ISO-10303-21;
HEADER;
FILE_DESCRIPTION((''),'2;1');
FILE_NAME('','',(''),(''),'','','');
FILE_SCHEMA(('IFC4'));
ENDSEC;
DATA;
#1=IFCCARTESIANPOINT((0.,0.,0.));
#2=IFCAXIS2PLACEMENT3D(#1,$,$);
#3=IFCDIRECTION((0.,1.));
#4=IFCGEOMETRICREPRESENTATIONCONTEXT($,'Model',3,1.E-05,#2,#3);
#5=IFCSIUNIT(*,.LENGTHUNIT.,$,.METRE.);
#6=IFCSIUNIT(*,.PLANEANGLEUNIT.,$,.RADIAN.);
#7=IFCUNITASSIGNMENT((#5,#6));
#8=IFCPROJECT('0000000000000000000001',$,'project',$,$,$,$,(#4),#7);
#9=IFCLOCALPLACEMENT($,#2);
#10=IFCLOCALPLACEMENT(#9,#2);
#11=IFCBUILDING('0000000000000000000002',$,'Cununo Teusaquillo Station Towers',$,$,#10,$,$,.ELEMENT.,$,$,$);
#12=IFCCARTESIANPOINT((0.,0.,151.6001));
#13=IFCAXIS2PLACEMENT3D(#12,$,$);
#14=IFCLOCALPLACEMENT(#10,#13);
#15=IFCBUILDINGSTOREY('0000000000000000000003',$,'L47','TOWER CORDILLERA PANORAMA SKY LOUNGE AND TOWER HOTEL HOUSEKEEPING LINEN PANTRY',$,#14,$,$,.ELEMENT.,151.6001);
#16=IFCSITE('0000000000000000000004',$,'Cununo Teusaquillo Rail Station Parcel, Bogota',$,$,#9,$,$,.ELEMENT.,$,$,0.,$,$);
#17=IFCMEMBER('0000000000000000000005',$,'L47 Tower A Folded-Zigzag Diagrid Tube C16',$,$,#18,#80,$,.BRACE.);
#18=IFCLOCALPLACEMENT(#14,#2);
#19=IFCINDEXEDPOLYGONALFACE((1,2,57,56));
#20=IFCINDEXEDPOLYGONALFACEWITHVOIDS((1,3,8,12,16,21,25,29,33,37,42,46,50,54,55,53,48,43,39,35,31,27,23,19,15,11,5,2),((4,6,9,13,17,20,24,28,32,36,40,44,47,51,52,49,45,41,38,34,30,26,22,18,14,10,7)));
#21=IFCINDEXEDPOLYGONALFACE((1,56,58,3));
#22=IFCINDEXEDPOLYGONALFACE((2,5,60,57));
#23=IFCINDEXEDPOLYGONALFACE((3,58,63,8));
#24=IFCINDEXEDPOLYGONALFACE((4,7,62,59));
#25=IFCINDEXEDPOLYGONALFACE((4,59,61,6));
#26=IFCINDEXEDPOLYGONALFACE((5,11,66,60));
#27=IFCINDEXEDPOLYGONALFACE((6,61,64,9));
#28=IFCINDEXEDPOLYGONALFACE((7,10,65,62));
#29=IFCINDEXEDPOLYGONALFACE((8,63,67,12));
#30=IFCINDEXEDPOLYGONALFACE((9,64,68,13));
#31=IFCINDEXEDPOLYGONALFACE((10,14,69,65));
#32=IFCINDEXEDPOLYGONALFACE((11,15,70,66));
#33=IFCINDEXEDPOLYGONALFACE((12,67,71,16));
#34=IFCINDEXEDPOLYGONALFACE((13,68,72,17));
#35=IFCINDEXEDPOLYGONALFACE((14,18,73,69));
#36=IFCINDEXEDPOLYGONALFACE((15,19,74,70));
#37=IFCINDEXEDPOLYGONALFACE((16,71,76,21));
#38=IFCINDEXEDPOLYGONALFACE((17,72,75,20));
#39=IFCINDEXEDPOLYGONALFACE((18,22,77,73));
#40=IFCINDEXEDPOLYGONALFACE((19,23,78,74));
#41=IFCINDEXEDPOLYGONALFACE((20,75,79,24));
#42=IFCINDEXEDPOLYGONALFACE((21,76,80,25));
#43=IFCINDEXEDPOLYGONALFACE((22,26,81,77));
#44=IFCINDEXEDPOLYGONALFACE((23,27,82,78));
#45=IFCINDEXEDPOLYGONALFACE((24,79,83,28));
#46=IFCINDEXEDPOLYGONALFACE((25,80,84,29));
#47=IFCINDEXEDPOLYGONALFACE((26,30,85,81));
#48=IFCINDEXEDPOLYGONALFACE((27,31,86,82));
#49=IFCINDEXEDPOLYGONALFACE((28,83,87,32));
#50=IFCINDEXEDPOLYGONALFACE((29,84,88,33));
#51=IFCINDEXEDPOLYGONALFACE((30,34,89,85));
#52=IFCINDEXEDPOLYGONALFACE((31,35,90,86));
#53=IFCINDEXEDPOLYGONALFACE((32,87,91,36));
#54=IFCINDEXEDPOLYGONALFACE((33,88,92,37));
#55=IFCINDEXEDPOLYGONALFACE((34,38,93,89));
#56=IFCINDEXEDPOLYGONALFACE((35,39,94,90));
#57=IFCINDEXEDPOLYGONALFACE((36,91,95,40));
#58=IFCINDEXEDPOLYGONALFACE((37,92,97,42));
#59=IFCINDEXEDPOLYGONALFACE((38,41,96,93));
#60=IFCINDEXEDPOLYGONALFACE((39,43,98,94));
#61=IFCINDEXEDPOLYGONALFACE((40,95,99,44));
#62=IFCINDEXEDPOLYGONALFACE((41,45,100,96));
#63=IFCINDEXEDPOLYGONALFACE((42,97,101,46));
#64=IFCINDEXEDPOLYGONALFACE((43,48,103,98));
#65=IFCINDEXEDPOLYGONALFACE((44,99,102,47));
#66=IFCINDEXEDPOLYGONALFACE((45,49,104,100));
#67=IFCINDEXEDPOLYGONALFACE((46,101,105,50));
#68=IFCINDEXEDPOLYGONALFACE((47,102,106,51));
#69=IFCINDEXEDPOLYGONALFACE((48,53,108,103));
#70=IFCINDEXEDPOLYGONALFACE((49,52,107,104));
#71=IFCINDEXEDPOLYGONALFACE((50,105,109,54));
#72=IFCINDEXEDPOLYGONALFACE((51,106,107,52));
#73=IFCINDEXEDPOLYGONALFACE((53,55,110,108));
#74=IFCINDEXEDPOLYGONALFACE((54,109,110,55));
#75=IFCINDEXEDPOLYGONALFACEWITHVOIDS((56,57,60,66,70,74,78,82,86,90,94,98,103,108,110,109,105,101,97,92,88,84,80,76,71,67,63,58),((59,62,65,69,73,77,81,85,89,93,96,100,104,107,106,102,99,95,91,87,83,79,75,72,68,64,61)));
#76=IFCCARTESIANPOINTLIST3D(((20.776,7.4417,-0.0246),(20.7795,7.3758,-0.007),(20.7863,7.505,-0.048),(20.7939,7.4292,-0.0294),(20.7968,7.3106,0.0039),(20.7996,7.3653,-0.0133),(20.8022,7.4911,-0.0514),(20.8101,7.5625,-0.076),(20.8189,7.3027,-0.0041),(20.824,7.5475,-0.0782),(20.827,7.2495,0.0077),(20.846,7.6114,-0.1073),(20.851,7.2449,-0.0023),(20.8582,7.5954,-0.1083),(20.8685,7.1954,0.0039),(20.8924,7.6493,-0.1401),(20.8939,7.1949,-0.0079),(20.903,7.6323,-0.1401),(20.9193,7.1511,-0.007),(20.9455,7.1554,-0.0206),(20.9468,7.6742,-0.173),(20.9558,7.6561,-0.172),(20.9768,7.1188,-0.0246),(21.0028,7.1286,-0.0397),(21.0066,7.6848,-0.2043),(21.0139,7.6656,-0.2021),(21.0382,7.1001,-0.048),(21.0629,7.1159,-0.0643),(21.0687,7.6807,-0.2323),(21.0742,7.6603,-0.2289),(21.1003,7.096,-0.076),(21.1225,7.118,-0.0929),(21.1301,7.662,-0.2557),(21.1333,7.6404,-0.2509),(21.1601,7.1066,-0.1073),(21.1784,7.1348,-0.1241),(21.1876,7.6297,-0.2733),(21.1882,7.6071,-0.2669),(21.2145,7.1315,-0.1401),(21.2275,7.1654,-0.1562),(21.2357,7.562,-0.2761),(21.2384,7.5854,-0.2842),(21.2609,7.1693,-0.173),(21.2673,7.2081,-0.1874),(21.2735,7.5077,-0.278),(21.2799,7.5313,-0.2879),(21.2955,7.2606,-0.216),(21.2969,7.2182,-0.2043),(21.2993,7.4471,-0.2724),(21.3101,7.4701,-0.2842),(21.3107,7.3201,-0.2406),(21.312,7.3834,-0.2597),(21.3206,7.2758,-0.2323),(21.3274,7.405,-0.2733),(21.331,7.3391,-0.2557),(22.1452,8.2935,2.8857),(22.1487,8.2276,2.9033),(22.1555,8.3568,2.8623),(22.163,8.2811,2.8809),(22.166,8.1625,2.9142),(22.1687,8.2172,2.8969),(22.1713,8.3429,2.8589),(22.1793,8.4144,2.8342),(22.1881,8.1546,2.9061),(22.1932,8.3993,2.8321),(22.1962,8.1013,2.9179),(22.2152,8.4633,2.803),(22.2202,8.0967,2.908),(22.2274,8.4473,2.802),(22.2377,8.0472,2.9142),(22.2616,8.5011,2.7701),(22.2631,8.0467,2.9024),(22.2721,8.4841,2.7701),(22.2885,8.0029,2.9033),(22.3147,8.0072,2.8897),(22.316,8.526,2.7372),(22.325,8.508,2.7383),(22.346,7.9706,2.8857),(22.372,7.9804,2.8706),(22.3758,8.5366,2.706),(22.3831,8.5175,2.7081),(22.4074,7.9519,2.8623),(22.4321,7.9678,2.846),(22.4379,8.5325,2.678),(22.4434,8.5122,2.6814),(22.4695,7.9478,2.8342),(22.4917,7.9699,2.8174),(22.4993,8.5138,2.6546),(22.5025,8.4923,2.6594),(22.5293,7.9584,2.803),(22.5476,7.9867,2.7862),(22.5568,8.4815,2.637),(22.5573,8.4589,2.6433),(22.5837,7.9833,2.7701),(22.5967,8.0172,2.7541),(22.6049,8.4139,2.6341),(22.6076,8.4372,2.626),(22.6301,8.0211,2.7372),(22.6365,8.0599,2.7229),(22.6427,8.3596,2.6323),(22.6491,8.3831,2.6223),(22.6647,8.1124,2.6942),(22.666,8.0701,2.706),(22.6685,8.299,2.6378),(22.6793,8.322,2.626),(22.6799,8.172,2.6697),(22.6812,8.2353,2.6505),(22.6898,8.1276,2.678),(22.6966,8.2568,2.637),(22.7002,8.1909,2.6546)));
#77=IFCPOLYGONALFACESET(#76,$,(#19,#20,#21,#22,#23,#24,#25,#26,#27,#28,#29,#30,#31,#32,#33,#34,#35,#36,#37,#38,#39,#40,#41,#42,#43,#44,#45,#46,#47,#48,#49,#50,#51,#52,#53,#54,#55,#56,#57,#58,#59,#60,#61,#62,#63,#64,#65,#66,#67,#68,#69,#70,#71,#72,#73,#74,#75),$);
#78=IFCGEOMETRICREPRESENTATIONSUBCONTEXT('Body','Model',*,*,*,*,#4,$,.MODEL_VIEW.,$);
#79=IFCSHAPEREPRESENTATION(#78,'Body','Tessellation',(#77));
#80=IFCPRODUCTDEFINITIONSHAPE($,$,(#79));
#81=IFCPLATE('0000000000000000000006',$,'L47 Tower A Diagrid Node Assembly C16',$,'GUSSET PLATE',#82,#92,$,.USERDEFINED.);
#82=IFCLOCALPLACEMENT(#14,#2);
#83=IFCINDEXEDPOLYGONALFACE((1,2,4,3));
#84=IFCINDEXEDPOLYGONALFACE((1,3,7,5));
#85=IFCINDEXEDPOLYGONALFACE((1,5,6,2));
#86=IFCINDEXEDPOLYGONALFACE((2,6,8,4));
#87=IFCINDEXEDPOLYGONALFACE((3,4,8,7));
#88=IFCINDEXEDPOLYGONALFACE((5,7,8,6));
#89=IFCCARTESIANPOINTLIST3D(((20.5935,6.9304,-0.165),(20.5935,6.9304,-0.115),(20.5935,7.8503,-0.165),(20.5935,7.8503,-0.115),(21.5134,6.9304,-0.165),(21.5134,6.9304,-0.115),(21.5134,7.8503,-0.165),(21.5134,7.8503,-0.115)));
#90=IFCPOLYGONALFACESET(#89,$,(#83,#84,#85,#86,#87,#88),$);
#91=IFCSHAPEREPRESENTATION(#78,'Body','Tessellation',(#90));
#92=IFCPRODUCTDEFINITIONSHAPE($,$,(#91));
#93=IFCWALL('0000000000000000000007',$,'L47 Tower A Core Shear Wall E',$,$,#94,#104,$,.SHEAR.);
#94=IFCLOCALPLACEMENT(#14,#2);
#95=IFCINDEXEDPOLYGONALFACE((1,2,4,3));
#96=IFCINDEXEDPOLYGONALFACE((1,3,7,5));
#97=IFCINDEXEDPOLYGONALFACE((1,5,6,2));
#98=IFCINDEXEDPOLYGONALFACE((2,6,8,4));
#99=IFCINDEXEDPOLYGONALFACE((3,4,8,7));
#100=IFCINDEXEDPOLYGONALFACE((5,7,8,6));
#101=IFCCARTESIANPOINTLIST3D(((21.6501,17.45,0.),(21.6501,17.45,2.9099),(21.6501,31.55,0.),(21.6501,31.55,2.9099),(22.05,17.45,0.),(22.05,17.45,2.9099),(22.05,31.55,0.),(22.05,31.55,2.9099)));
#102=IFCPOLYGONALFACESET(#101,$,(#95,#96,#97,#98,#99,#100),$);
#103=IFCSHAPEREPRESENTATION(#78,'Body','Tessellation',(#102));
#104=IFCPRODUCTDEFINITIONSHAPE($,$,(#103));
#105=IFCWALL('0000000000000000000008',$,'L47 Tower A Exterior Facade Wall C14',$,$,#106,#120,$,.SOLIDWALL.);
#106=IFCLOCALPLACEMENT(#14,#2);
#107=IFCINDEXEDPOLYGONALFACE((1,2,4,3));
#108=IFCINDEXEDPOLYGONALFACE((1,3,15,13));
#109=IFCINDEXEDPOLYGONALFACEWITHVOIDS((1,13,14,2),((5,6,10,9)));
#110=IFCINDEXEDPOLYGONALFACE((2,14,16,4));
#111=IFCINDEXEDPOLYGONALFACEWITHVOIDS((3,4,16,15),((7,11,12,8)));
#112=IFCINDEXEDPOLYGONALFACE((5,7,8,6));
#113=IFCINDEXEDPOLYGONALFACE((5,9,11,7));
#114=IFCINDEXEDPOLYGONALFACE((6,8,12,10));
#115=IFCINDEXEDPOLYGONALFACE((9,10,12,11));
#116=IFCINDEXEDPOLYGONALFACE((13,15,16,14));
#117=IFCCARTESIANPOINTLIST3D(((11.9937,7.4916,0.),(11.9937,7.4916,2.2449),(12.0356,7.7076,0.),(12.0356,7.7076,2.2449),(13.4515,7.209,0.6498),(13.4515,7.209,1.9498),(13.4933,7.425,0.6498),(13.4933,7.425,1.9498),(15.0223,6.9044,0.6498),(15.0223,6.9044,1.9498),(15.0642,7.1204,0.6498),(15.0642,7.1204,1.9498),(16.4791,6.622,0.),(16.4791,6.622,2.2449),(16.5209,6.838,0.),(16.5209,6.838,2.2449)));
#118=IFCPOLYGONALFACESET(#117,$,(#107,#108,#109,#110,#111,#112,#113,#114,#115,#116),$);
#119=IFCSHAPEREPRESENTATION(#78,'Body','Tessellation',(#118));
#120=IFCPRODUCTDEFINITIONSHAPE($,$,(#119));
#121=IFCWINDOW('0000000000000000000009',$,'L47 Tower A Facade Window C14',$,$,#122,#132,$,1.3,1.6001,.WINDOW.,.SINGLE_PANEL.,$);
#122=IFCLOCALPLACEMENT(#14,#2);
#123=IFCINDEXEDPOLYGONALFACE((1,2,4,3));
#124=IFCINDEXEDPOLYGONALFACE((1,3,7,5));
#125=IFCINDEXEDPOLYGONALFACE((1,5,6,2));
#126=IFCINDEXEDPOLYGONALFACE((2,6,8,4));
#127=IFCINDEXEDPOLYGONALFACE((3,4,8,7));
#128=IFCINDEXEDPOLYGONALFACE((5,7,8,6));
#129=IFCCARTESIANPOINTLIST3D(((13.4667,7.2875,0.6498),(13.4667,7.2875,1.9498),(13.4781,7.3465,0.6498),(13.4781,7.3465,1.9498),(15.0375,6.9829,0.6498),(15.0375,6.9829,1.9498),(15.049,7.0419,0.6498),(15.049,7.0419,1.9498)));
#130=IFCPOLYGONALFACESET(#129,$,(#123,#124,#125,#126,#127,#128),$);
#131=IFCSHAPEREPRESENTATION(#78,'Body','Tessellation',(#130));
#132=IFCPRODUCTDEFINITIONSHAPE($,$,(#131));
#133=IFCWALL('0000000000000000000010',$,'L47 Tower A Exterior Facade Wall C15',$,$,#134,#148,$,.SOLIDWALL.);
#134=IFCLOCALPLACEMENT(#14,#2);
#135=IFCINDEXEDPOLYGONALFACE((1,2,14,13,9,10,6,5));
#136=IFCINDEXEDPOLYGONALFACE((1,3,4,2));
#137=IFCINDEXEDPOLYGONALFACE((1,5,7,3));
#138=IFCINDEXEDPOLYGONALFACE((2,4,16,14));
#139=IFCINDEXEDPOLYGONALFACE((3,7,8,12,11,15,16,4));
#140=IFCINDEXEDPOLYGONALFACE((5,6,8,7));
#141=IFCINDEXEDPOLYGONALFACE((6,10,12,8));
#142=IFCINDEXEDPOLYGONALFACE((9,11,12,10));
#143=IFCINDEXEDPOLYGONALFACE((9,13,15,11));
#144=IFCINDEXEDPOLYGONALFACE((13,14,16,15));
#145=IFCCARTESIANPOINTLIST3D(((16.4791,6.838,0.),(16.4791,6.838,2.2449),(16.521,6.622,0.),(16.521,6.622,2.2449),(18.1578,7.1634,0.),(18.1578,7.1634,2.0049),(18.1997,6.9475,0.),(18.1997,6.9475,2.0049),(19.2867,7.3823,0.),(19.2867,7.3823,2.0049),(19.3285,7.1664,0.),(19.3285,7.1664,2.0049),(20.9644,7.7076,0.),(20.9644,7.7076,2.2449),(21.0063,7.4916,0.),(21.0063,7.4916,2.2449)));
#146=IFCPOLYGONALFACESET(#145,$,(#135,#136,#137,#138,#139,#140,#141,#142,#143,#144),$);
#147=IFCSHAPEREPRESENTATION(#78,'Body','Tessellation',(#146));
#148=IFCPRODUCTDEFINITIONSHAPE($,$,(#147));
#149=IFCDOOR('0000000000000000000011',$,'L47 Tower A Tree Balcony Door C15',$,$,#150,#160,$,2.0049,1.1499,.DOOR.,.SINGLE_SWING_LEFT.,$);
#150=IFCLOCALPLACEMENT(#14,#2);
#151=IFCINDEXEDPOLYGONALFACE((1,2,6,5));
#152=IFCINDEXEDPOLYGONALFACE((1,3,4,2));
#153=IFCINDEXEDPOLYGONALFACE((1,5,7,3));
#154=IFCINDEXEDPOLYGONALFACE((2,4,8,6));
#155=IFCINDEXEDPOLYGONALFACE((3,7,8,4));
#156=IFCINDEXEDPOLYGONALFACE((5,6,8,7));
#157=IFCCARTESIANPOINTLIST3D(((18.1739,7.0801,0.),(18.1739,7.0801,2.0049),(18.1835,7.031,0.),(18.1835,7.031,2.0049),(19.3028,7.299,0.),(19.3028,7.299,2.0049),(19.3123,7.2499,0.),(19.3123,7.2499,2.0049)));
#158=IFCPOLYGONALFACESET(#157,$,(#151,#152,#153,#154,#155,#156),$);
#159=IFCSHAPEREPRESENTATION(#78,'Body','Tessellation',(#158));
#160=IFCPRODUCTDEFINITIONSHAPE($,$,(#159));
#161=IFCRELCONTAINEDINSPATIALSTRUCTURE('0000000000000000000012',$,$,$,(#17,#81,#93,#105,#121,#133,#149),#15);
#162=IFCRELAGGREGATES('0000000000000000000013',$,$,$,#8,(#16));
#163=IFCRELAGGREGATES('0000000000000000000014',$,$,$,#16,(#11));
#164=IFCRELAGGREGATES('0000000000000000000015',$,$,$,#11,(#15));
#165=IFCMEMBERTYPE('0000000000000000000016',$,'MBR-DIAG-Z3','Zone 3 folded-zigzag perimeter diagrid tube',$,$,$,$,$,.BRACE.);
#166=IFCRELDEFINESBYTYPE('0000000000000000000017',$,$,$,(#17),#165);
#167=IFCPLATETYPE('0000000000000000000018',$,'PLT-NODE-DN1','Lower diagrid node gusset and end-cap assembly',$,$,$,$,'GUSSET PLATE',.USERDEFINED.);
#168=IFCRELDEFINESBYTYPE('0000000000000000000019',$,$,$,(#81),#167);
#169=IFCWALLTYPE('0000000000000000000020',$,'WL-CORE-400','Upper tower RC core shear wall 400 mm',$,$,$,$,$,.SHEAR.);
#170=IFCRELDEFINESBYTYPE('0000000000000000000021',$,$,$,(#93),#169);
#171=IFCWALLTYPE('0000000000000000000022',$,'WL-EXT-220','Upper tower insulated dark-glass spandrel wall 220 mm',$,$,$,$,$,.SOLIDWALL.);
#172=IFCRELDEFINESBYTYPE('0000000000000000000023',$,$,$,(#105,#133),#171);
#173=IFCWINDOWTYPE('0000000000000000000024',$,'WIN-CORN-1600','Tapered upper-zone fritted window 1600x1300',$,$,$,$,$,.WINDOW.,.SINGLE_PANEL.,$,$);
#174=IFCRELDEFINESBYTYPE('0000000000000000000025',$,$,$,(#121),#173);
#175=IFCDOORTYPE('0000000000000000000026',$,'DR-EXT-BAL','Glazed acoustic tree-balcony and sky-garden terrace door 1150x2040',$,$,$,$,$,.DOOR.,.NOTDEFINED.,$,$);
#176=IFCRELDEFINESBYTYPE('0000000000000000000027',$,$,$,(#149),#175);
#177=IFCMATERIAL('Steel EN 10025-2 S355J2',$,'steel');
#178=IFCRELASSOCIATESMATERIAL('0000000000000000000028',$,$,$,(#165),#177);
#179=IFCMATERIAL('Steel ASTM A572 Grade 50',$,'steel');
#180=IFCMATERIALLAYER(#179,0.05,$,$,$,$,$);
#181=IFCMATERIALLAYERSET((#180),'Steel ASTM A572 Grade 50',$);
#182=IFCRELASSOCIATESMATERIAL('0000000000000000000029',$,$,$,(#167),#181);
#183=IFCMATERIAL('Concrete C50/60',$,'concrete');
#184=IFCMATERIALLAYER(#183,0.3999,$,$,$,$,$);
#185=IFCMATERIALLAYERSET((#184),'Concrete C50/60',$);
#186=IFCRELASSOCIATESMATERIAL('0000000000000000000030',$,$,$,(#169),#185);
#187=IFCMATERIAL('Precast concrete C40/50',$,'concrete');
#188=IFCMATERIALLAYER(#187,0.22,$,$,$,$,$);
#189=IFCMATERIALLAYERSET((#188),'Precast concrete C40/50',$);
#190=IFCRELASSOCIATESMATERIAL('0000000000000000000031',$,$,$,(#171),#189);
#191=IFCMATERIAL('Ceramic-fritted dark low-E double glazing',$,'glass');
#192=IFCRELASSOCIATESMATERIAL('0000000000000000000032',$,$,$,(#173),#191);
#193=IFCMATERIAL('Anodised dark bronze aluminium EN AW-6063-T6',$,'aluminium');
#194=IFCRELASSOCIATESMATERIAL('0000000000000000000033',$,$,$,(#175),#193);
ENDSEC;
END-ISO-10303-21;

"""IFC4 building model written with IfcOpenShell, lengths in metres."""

from ifc_helpers import new_model, si_unit, direction, frame, frame_2d, origin, origin_2d, place, context, subcontext, project, spatial, rectangle, hollow_circle, extrude, source, transform, mapped, material, layer, layer_set, material_profile, profile_set, type_object, element, fill, save


model = new_model("IFC4")

# Units and contexts
model_context = context("Model", 3, precision=1e-05, world=origin(), true_north=direction((0.0, 1.0)))
body_context = subcontext(model_context, "Body", "Model", "MODEL_VIEW")
ifc_project = project(units=[si_unit("LENGTHUNIT", "METRE"), si_unit("PLANEANGLEUNIT", "RADIAN")], contexts=[model_context])

# Site, building, storey
site_placement = place(None, origin())
site = spatial("IfcSite", under=ifc_project, at=site_placement, Name="Cununo Teusaquillo Rail Station Parcel, Bogota", CompositionType="ELEMENT", RefElevation=0.0)
building_placement = place(site_placement, origin())
building = spatial("IfcBuilding", under=site, at=building_placement, Name="Cununo Teusaquillo Station Towers", CompositionType="ELEMENT")
storey_placement = place(building_placement, frame((0.0, 0.0, 151.6001)))
storey = spatial("IfcBuildingStorey", under=building, at=storey_placement, Name="L47", Description="TOWER CORDILLERA PANORAMA SKY LOUNGE AND TOWER HOTEL HOUSEKEEPING LINEN PANTRY", CompositionType="ELEMENT", Elevation=151.6001)

# Member
ifc_material_1 = material(Name="Steel EN 10025-2 S355J2", Category="steel")
ifc_material_profile_1 = material_profile(ifc_material_1, hollow_circle(Radius=0.3049, WallThickness=0.02, at=origin_2d()), Name="CHS 610x20")
ifc_profile_set_1 = profile_set([ifc_material_profile_1], Name="Steel EN 10025-2 S355J2")
member_type = type_object("IfcMemberType", Name="MBR-DIAG-Z3", Description="Zone 3 folded-zigzag perimeter diagrid tube", PredefinedType="BRACE", material=ifc_profile_set_1)
member_placement = place(storey_placement, frame((21.0535, 7.3904, -0.1401), z_axis=(0.41152, 0.256026, 0.874701), x_axis=(-0.528256, 0.849085, 0.0)))
element("IfcMember", 1, at=member_placement, inside=storey, type_object=member_type, Name="L47 Tower A Folded-Zigzag Diagrid Tube C16", PredefinedType="BRACE", context=body_context, shape_type="SweptSolid", body=[
    extrude(hollow_circle(Radius=0.3049, WallThickness=0.02, at=origin_2d()), origin(), (0.0, 0.0, 1.0), 3.3271),
])

# Plate
ifc_material_2 = material(Name="Steel ASTM A572 Grade 50", Category="steel")
ifc_layer_1 = layer(ifc_material_2, 0.05)
ifc_layer_set_1 = layer_set([ifc_layer_1], Name="Steel ASTM A572 Grade 50")
plate_type = type_object("IfcPlateType", Name="PLT-NODE-DN1", Description="Lower diagrid node gusset and end-cap assembly", ElementType="GUSSET PLATE", PredefinedType="USERDEFINED", material=ifc_layer_set_1)
shared_shape_1 = source(origin(), body_context, "Body", "SweptSolid", [
    extrude(rectangle(XDim=0.9199, YDim=0.9199, at=origin_2d()), origin(), (0.0, 0.0, 1.0), 0.05),
])
plate_placement = place(storey_placement, frame((21.0535, 7.3904, -0.165), z_axis=(0.0, 0.0, 1.0), x_axis=(1.0, 0.0, 0.0)))
element("IfcPlate", 2, at=plate_placement, inside=storey, type_object=plate_type, Name="L47 Tower A Diagrid Node Assembly C16", ObjectType="GUSSET PLATE", PredefinedType="USERDEFINED", context=body_context, shape_type="MappedRepresentation", body=[
    mapped(shared_shape_1, transform((0.0, 0.0, 0.0), x_axis=(1.0, 0.0, 0.0), y_axis=(0.0, 1.0, 0.0), z_axis=(0.0, 0.0, 1.0), scale=1.0)),
])

# Wall
ifc_material_3 = material(Name="Concrete C50/60", Category="concrete")
ifc_layer_2 = layer(ifc_material_3, 0.3999)
ifc_layer_set_2 = layer_set([ifc_layer_2], Name="Concrete C50/60")
wall_type_1 = type_object("IfcWallType", Name="WL-CORE-400", Description="Upper tower RC core shear wall 400 mm", PredefinedType="SHEAR", material=ifc_layer_set_2)
wall_1_placement = place(storey_placement, frame((21.8501, 17.45, 0.0), z_axis=(0.0, 0.0, 1.0), x_axis=(0.0, 1.0, 0.0)))
element("IfcWall", 3, at=wall_1_placement, inside=storey, type_object=wall_type_1, Name="L47 Tower A Core Shear Wall E", PredefinedType="SHEAR", context=body_context, shape_type="SweptSolid", body=[
    extrude(rectangle(XDim=14.1001, YDim=0.3999, at=frame_2d((7.05, 0.0))), origin(), (0.0, 0.0, 1.0), 2.9099),
])

# Wall, opening, window
ifc_material_4 = material(Name="Precast concrete C40/50", Category="concrete")
ifc_layer_3 = layer(ifc_material_4, 0.22)
ifc_layer_set_3 = layer_set([ifc_layer_3], Name="Precast concrete C40/50")
wall_type_2 = type_object("IfcWallType", Name="WL-EXT-220", Description="Upper tower insulated dark-glass spandrel wall 220 mm", PredefinedType="SOLIDWALL", material=ifc_layer_set_3)
wall_2_placement = place(storey_placement, frame((16.5, 6.73, 0.0), z_axis=(0.0, 0.0, 1.0), x_axis=(-0.981719, 0.190338, 0.0)))
wall_2 = element("IfcWall", 4, at=wall_2_placement, inside=storey, type_object=wall_type_2, Name="L47 Tower A Exterior Facade Wall C14", PredefinedType="SOLIDWALL", context=body_context, shape_type="SweptSolid", body=[
    extrude(rectangle(XDim=4.5688, YDim=0.22, at=frame_2d((2.2844, 0.0))), origin(), (0.0, 0.0, 1.0), 2.2449),
])
shared_shape_2 = source(origin(), body_context, "Body", "SweptSolid", [
    extrude(rectangle(XDim=1.6001, YDim=1.3, at=frame_2d((0.8, 0.6499))), frame((0.0, 0.1199, 0.0), z_axis=(0.0, -1.0, 0.0), x_axis=(1.0, 0.0, 0.0)), (0.0, 0.0, 1.0), 0.24),
])
opening_1_placement = place(wall_2_placement, frame((1.4839, 0.0, 0.6499)))
opening_1 = element("IfcOpeningElement", 5, at=opening_1_placement, cuts=wall_2, PredefinedType="OPENING", context=body_context, shape_type="MappedRepresentation", body=[
    mapped(shared_shape_2, transform((0.0, 0.0, 0.0), x_axis=(1.0, 0.0, 0.0), y_axis=(0.0, 1.0, 0.0), z_axis=(0.0, 0.0, 1.0), scale=1.0)),
])
ifc_material_5 = material(Name="Ceramic-fritted dark low-E double glazing", Category="glass")
window_type = type_object("IfcWindowType", Name="WIN-CORN-1600", Description="Tapered upper-zone fritted window 1600x1300", PartitioningType="SINGLE_PANEL", PredefinedType="WINDOW", material=ifc_material_5)
shared_shape_3 = source(origin(), body_context, "Body", "SweptSolid", [
    extrude(rectangle(XDim=1.6001, YDim=1.3, at=frame_2d((0.8, 0.6499))), frame((0.0, 0.03, 0.0), z_axis=(0.0, -1.0, 0.0), x_axis=(1.0, 0.0, 0.0)), (0.0, 0.0, 1.0), 0.0601),
])
window_1_placement = place(opening_1_placement, origin())
window_1 = element("IfcWindow", 6, at=window_1_placement, inside=storey, type_object=window_type, Name="L47 Tower A Facade Window C14", OverallHeight=1.3, OverallWidth=1.6001, PartitioningType="SINGLE_PANEL", PredefinedType="WINDOW", context=body_context, shape_type="MappedRepresentation", body=[
    mapped(shared_shape_3, transform((0.0, 0.0, 0.0), x_axis=(1.0, 0.0, 0.0), y_axis=(0.0, 1.0, 0.0), z_axis=(0.0, 0.0, 1.0), scale=1.0)),
])
fill(opening_1, window_1)

# Wall, opening, door
wall_3_placement = place(storey_placement, frame((20.9854, 7.5996, 0.0), z_axis=(0.0, 0.0, 1.0), x_axis=(-0.981719, -0.190338, 0.0)))
wall_3 = element("IfcWall", 7, at=wall_3_placement, inside=storey, type_object=wall_type_2, Name="L47 Tower A Exterior Facade Wall C15", PredefinedType="SOLIDWALL", context=body_context, shape_type="SweptSolid", body=[
    extrude(rectangle(XDim=4.5688, YDim=0.22, at=frame_2d((2.2844, 0.0))), origin(), (0.0, 0.0, 1.0), 2.2449),
])
shared_shape_4 = source(origin(), body_context, "Body", "SweptSolid", [
    extrude(rectangle(XDim=1.1499, YDim=2.0049, at=frame_2d((0.575, 1.0024))), frame((0.0, 0.1199, 0.0), z_axis=(0.0, -1.0, 0.0), x_axis=(1.0, 0.0, 0.0)), (0.0, 0.0, 1.0), 0.24),
])
opening_2_placement = place(wall_3_placement, frame((1.709, 0.0, 0.0)))
opening_2 = element("IfcOpeningElement", 8, at=opening_2_placement, cuts=wall_3, PredefinedType="OPENING", context=body_context, shape_type="MappedRepresentation", body=[
    mapped(shared_shape_4, transform((0.0, 0.0, 0.0), x_axis=(1.0, 0.0, 0.0), y_axis=(0.0, 1.0, 0.0), z_axis=(0.0, 0.0, 1.0), scale=1.0)),
])
ifc_material_6 = material(Name="Anodised dark bronze aluminium EN AW-6063-T6", Category="aluminium")
door_type_1 = type_object("IfcDoorType", Name="DR-EXT-BAL", Description="Glazed acoustic tree-balcony and sky-garden terrace door 1150x2040", OperationType="NOTDEFINED", PredefinedType="DOOR", material=ifc_material_6)
shared_shape_5 = source(origin(), body_context, "Body", "SweptSolid", [
    extrude(rectangle(XDim=1.1499, YDim=2.0049, at=frame_2d((0.575, 1.0024))), frame((0.0, 0.0249, 0.0), z_axis=(0.0, -1.0, 0.0), x_axis=(1.0, 0.0, 0.0)), (0.0, 0.0, 1.0), 0.05),
])
door_1_placement = place(opening_2_placement, origin())
door_1 = element("IfcDoor", 9, at=door_1_placement, inside=storey, type_object=door_type_1, Name="L47 Tower A Tree Balcony Door C15", OperationType="SINGLE_SWING_LEFT", OverallHeight=2.0049, OverallWidth=1.1499, PredefinedType="DOOR", context=body_context, shape_type="MappedRepresentation", body=[
    mapped(shared_shape_5, transform((0.0, 0.0, 0.0), x_axis=(1.0, 0.0, 0.0), y_axis=(0.0, 1.0, 0.0), z_axis=(0.0, 0.0, 1.0), scale=1.0)),
])
fill(opening_2, door_1)

save(model, "model.ifc")
